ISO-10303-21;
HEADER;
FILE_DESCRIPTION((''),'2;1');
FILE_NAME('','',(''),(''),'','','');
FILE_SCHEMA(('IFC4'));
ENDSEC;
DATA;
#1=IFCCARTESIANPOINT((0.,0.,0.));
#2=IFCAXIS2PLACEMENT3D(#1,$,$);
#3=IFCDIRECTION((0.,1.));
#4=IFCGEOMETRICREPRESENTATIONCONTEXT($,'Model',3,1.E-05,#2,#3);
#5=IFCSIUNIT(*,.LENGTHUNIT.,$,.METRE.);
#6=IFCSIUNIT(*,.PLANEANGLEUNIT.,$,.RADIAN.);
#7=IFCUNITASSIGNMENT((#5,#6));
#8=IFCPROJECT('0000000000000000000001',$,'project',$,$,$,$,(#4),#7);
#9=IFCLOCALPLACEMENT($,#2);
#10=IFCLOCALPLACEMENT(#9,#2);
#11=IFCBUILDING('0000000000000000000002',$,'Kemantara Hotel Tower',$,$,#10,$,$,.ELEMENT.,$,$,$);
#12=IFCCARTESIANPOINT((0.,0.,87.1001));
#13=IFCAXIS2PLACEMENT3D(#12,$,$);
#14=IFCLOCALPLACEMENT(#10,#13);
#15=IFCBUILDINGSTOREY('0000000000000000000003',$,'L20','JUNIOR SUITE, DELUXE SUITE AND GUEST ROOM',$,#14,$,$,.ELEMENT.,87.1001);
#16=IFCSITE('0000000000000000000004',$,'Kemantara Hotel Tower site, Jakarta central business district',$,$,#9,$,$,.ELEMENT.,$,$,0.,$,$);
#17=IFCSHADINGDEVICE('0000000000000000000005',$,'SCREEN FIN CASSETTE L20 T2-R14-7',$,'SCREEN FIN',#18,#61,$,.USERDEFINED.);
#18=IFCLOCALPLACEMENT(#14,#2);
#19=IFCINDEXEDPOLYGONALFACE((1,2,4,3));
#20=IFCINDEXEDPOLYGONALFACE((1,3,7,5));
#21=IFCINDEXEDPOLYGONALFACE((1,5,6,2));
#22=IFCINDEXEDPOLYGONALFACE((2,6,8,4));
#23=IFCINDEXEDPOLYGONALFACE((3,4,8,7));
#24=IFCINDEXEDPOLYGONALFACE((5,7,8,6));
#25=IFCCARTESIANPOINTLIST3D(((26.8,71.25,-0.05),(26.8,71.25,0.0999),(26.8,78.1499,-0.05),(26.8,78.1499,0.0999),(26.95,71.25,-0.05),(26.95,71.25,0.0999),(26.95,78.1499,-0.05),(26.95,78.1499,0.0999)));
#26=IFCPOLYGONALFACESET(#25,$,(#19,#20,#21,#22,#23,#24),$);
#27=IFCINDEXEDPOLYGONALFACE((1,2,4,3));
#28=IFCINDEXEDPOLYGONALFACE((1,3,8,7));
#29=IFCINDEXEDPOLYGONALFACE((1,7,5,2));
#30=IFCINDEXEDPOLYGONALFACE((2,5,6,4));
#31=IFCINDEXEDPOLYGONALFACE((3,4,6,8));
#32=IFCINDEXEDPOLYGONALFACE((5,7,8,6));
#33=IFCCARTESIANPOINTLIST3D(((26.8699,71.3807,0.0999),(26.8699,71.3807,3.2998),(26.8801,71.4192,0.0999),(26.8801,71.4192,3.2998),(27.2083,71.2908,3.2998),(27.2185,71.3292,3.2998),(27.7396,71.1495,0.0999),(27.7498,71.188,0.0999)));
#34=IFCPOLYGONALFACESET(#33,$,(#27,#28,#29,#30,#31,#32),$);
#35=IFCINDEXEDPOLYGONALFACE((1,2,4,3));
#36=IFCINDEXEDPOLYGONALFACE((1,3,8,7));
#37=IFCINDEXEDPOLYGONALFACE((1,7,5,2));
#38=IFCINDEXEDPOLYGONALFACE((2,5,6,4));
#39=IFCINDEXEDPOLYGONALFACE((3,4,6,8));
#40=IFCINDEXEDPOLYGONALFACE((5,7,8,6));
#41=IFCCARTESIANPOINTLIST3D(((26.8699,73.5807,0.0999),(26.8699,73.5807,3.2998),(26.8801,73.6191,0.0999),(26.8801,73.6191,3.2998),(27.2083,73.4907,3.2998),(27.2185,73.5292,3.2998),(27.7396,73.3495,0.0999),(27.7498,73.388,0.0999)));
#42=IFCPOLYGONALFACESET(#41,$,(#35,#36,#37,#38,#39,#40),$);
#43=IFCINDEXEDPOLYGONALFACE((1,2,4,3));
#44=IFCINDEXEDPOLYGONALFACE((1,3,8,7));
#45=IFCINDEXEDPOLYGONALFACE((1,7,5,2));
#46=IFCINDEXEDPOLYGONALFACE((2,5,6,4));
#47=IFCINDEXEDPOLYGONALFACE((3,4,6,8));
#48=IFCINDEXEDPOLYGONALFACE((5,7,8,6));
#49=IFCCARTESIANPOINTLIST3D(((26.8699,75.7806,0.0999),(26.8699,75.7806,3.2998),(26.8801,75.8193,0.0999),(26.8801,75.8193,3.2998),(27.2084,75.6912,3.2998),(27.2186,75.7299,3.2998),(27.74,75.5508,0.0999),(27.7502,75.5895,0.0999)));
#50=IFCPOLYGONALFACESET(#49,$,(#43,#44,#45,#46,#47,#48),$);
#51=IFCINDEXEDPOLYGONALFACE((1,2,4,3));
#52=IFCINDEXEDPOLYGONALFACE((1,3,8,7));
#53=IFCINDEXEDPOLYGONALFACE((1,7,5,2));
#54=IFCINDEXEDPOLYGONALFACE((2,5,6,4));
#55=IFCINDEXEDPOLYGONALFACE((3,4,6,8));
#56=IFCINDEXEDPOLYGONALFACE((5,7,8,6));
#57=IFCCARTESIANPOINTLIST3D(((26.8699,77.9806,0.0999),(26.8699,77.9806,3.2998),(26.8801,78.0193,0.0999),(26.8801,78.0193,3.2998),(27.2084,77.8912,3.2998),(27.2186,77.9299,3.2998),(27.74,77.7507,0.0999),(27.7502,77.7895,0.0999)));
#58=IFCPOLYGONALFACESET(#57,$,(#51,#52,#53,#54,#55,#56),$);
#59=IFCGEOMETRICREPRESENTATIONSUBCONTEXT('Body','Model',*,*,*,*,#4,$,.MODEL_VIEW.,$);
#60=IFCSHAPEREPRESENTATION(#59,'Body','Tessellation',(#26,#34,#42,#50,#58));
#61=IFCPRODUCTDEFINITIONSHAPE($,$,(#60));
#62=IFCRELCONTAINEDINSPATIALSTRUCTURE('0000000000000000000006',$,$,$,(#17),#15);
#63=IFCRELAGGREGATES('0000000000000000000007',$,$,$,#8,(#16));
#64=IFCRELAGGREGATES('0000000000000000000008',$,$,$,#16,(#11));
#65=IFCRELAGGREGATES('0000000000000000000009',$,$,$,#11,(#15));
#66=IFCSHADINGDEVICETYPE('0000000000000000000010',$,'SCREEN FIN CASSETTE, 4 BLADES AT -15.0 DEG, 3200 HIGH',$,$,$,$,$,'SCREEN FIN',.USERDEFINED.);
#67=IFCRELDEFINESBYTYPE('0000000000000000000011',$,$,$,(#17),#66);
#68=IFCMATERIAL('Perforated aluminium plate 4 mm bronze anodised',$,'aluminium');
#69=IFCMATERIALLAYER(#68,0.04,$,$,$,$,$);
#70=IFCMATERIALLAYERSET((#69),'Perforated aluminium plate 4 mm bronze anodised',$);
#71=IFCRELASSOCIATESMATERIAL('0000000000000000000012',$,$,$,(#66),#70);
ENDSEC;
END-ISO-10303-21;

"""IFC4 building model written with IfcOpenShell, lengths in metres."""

from ifc_helpers import new_model, si_unit, direction, frame, origin, origin_2d, place, context, subcontext, project, spatial, polyline, rectangle, outline, extrude, source, transform, mapped, material, layer, layer_set, type_object, element, save


model = new_model("IFC4")

# Units and contexts
model_context = context("Model", 3, precision=1e-05, world=origin(), true_north=direction((0.0, 1.0)))
body_context = subcontext(model_context, "Body", "Model", "MODEL_VIEW")
ifc_project = project(units=[si_unit("LENGTHUNIT", "METRE"), si_unit("PLANEANGLEUNIT", "RADIAN")], contexts=[model_context])

# Site, building, storey
site_placement = place(None, origin())
site = spatial("IfcSite", under=ifc_project, at=site_placement, Name="Kemantara Hotel Tower site, Jakarta central business district", CompositionType="ELEMENT", RefElevation=0.0)
building_placement = place(site_placement, origin())
building = spatial("IfcBuilding", under=site, at=building_placement, Name="Kemantara Hotel Tower", CompositionType="ELEMENT")
storey_placement = place(building_placement, frame((0.0, 0.0, 87.1001)))
storey = spatial("IfcBuildingStorey", under=building, at=storey_placement, Name="L20", Description="JUNIOR SUITE, DELUXE SUITE AND GUEST ROOM", CompositionType="ELEMENT", Elevation=87.1001)

# Shading device
ifc_material_1 = material(Name="Perforated aluminium plate 4 mm bronze anodised", Category="aluminium")
ifc_layer_1 = layer(ifc_material_1, 0.04)
ifc_layer_set_1 = layer_set([ifc_layer_1], Name="Perforated aluminium plate 4 mm bronze anodised")
shading_device_type_1 = type_object("IfcShadingDeviceType", Name="SCREEN FIN CASSETTE, 4 BLADES AT -15.0 DEG, 3200 HIGH", ElementType="SCREEN FIN", PredefinedType="USERDEFINED", material=ifc_layer_set_1)
shared_shape_1 = source(origin(), body_context, "Body", "SweptSolid", [
    extrude(rectangle(XDim=6.8999, YDim=0.1499, at=origin_2d()), frame((3.3, -0.075, -0.1499), z_axis=(0.0, 0.0, 1.0), x_axis=(1.0, 0.0, 0.0)), (0.0, 0.0, 1.0), 0.1499),
    extrude(outline(polyline([(0.0, 0.0), (0.8999, 0.0), (0.3501, 3.2), (0.0, 3.2), (0.0, 0.0)])), frame((0.0193, -0.0801, 0.0), z_axis=(-0.966438, 0.256901, 0.0), x_axis=(-0.256901, -0.966438, 0.0)), (0.0, 0.0, 1.0), 0.0398),
    extrude(outline(polyline([(0.0, 0.0), (0.8999, 0.0), (0.3501, 3.2), (0.0, 3.2), (0.0, 0.0)])), frame((2.2192, -0.0801, 0.0), z_axis=(-0.966438, 0.256901, 0.0), x_axis=(-0.256901, -0.966438, 0.0)), (0.0, 0.0, 1.0), 0.0398),
    extrude(outline(polyline([(0.0, 0.0), (0.8999, 0.0), (0.3501, 3.2), (0.0, 3.2), (0.0, 0.0)])), frame((4.4194, -0.0801, 0.0), z_axis=(-0.966838, 0.255391, 0.0), x_axis=(-0.255391, -0.966838, 0.0)), (0.0, 0.0, 1.0), 0.04),
    extrude(outline(polyline([(0.0, 0.0), (0.8999, 0.0), (0.3501, 3.2), (0.0, 3.2), (0.0, 0.0)])), frame((6.6194, -0.0801, 0.0), z_axis=(-0.966838, 0.255391, 0.0), x_axis=(-0.255391, -0.966838, 0.0)), (0.0, 0.0, 1.0), 0.04),
])
shading_device_1_placement = place(storey_placement, frame((26.8, 71.3999, 0.0999), z_axis=(0.0, 0.0, 1.0), x_axis=(0.0, 1.0, 0.0)))
element("IfcShadingDevice", 1, at=shading_device_1_placement, inside=storey, type_object=shading_device_type_1, Name="SCREEN FIN CASSETTE L20 T2-R14-7", ObjectType="SCREEN FIN", PredefinedType="USERDEFINED", context=body_context, shape_type="MappedRepresentation", body=[
    mapped(shared_shape_1, transform((0.0, 0.0, 0.0))),
])

save(model, "model.ifc")
